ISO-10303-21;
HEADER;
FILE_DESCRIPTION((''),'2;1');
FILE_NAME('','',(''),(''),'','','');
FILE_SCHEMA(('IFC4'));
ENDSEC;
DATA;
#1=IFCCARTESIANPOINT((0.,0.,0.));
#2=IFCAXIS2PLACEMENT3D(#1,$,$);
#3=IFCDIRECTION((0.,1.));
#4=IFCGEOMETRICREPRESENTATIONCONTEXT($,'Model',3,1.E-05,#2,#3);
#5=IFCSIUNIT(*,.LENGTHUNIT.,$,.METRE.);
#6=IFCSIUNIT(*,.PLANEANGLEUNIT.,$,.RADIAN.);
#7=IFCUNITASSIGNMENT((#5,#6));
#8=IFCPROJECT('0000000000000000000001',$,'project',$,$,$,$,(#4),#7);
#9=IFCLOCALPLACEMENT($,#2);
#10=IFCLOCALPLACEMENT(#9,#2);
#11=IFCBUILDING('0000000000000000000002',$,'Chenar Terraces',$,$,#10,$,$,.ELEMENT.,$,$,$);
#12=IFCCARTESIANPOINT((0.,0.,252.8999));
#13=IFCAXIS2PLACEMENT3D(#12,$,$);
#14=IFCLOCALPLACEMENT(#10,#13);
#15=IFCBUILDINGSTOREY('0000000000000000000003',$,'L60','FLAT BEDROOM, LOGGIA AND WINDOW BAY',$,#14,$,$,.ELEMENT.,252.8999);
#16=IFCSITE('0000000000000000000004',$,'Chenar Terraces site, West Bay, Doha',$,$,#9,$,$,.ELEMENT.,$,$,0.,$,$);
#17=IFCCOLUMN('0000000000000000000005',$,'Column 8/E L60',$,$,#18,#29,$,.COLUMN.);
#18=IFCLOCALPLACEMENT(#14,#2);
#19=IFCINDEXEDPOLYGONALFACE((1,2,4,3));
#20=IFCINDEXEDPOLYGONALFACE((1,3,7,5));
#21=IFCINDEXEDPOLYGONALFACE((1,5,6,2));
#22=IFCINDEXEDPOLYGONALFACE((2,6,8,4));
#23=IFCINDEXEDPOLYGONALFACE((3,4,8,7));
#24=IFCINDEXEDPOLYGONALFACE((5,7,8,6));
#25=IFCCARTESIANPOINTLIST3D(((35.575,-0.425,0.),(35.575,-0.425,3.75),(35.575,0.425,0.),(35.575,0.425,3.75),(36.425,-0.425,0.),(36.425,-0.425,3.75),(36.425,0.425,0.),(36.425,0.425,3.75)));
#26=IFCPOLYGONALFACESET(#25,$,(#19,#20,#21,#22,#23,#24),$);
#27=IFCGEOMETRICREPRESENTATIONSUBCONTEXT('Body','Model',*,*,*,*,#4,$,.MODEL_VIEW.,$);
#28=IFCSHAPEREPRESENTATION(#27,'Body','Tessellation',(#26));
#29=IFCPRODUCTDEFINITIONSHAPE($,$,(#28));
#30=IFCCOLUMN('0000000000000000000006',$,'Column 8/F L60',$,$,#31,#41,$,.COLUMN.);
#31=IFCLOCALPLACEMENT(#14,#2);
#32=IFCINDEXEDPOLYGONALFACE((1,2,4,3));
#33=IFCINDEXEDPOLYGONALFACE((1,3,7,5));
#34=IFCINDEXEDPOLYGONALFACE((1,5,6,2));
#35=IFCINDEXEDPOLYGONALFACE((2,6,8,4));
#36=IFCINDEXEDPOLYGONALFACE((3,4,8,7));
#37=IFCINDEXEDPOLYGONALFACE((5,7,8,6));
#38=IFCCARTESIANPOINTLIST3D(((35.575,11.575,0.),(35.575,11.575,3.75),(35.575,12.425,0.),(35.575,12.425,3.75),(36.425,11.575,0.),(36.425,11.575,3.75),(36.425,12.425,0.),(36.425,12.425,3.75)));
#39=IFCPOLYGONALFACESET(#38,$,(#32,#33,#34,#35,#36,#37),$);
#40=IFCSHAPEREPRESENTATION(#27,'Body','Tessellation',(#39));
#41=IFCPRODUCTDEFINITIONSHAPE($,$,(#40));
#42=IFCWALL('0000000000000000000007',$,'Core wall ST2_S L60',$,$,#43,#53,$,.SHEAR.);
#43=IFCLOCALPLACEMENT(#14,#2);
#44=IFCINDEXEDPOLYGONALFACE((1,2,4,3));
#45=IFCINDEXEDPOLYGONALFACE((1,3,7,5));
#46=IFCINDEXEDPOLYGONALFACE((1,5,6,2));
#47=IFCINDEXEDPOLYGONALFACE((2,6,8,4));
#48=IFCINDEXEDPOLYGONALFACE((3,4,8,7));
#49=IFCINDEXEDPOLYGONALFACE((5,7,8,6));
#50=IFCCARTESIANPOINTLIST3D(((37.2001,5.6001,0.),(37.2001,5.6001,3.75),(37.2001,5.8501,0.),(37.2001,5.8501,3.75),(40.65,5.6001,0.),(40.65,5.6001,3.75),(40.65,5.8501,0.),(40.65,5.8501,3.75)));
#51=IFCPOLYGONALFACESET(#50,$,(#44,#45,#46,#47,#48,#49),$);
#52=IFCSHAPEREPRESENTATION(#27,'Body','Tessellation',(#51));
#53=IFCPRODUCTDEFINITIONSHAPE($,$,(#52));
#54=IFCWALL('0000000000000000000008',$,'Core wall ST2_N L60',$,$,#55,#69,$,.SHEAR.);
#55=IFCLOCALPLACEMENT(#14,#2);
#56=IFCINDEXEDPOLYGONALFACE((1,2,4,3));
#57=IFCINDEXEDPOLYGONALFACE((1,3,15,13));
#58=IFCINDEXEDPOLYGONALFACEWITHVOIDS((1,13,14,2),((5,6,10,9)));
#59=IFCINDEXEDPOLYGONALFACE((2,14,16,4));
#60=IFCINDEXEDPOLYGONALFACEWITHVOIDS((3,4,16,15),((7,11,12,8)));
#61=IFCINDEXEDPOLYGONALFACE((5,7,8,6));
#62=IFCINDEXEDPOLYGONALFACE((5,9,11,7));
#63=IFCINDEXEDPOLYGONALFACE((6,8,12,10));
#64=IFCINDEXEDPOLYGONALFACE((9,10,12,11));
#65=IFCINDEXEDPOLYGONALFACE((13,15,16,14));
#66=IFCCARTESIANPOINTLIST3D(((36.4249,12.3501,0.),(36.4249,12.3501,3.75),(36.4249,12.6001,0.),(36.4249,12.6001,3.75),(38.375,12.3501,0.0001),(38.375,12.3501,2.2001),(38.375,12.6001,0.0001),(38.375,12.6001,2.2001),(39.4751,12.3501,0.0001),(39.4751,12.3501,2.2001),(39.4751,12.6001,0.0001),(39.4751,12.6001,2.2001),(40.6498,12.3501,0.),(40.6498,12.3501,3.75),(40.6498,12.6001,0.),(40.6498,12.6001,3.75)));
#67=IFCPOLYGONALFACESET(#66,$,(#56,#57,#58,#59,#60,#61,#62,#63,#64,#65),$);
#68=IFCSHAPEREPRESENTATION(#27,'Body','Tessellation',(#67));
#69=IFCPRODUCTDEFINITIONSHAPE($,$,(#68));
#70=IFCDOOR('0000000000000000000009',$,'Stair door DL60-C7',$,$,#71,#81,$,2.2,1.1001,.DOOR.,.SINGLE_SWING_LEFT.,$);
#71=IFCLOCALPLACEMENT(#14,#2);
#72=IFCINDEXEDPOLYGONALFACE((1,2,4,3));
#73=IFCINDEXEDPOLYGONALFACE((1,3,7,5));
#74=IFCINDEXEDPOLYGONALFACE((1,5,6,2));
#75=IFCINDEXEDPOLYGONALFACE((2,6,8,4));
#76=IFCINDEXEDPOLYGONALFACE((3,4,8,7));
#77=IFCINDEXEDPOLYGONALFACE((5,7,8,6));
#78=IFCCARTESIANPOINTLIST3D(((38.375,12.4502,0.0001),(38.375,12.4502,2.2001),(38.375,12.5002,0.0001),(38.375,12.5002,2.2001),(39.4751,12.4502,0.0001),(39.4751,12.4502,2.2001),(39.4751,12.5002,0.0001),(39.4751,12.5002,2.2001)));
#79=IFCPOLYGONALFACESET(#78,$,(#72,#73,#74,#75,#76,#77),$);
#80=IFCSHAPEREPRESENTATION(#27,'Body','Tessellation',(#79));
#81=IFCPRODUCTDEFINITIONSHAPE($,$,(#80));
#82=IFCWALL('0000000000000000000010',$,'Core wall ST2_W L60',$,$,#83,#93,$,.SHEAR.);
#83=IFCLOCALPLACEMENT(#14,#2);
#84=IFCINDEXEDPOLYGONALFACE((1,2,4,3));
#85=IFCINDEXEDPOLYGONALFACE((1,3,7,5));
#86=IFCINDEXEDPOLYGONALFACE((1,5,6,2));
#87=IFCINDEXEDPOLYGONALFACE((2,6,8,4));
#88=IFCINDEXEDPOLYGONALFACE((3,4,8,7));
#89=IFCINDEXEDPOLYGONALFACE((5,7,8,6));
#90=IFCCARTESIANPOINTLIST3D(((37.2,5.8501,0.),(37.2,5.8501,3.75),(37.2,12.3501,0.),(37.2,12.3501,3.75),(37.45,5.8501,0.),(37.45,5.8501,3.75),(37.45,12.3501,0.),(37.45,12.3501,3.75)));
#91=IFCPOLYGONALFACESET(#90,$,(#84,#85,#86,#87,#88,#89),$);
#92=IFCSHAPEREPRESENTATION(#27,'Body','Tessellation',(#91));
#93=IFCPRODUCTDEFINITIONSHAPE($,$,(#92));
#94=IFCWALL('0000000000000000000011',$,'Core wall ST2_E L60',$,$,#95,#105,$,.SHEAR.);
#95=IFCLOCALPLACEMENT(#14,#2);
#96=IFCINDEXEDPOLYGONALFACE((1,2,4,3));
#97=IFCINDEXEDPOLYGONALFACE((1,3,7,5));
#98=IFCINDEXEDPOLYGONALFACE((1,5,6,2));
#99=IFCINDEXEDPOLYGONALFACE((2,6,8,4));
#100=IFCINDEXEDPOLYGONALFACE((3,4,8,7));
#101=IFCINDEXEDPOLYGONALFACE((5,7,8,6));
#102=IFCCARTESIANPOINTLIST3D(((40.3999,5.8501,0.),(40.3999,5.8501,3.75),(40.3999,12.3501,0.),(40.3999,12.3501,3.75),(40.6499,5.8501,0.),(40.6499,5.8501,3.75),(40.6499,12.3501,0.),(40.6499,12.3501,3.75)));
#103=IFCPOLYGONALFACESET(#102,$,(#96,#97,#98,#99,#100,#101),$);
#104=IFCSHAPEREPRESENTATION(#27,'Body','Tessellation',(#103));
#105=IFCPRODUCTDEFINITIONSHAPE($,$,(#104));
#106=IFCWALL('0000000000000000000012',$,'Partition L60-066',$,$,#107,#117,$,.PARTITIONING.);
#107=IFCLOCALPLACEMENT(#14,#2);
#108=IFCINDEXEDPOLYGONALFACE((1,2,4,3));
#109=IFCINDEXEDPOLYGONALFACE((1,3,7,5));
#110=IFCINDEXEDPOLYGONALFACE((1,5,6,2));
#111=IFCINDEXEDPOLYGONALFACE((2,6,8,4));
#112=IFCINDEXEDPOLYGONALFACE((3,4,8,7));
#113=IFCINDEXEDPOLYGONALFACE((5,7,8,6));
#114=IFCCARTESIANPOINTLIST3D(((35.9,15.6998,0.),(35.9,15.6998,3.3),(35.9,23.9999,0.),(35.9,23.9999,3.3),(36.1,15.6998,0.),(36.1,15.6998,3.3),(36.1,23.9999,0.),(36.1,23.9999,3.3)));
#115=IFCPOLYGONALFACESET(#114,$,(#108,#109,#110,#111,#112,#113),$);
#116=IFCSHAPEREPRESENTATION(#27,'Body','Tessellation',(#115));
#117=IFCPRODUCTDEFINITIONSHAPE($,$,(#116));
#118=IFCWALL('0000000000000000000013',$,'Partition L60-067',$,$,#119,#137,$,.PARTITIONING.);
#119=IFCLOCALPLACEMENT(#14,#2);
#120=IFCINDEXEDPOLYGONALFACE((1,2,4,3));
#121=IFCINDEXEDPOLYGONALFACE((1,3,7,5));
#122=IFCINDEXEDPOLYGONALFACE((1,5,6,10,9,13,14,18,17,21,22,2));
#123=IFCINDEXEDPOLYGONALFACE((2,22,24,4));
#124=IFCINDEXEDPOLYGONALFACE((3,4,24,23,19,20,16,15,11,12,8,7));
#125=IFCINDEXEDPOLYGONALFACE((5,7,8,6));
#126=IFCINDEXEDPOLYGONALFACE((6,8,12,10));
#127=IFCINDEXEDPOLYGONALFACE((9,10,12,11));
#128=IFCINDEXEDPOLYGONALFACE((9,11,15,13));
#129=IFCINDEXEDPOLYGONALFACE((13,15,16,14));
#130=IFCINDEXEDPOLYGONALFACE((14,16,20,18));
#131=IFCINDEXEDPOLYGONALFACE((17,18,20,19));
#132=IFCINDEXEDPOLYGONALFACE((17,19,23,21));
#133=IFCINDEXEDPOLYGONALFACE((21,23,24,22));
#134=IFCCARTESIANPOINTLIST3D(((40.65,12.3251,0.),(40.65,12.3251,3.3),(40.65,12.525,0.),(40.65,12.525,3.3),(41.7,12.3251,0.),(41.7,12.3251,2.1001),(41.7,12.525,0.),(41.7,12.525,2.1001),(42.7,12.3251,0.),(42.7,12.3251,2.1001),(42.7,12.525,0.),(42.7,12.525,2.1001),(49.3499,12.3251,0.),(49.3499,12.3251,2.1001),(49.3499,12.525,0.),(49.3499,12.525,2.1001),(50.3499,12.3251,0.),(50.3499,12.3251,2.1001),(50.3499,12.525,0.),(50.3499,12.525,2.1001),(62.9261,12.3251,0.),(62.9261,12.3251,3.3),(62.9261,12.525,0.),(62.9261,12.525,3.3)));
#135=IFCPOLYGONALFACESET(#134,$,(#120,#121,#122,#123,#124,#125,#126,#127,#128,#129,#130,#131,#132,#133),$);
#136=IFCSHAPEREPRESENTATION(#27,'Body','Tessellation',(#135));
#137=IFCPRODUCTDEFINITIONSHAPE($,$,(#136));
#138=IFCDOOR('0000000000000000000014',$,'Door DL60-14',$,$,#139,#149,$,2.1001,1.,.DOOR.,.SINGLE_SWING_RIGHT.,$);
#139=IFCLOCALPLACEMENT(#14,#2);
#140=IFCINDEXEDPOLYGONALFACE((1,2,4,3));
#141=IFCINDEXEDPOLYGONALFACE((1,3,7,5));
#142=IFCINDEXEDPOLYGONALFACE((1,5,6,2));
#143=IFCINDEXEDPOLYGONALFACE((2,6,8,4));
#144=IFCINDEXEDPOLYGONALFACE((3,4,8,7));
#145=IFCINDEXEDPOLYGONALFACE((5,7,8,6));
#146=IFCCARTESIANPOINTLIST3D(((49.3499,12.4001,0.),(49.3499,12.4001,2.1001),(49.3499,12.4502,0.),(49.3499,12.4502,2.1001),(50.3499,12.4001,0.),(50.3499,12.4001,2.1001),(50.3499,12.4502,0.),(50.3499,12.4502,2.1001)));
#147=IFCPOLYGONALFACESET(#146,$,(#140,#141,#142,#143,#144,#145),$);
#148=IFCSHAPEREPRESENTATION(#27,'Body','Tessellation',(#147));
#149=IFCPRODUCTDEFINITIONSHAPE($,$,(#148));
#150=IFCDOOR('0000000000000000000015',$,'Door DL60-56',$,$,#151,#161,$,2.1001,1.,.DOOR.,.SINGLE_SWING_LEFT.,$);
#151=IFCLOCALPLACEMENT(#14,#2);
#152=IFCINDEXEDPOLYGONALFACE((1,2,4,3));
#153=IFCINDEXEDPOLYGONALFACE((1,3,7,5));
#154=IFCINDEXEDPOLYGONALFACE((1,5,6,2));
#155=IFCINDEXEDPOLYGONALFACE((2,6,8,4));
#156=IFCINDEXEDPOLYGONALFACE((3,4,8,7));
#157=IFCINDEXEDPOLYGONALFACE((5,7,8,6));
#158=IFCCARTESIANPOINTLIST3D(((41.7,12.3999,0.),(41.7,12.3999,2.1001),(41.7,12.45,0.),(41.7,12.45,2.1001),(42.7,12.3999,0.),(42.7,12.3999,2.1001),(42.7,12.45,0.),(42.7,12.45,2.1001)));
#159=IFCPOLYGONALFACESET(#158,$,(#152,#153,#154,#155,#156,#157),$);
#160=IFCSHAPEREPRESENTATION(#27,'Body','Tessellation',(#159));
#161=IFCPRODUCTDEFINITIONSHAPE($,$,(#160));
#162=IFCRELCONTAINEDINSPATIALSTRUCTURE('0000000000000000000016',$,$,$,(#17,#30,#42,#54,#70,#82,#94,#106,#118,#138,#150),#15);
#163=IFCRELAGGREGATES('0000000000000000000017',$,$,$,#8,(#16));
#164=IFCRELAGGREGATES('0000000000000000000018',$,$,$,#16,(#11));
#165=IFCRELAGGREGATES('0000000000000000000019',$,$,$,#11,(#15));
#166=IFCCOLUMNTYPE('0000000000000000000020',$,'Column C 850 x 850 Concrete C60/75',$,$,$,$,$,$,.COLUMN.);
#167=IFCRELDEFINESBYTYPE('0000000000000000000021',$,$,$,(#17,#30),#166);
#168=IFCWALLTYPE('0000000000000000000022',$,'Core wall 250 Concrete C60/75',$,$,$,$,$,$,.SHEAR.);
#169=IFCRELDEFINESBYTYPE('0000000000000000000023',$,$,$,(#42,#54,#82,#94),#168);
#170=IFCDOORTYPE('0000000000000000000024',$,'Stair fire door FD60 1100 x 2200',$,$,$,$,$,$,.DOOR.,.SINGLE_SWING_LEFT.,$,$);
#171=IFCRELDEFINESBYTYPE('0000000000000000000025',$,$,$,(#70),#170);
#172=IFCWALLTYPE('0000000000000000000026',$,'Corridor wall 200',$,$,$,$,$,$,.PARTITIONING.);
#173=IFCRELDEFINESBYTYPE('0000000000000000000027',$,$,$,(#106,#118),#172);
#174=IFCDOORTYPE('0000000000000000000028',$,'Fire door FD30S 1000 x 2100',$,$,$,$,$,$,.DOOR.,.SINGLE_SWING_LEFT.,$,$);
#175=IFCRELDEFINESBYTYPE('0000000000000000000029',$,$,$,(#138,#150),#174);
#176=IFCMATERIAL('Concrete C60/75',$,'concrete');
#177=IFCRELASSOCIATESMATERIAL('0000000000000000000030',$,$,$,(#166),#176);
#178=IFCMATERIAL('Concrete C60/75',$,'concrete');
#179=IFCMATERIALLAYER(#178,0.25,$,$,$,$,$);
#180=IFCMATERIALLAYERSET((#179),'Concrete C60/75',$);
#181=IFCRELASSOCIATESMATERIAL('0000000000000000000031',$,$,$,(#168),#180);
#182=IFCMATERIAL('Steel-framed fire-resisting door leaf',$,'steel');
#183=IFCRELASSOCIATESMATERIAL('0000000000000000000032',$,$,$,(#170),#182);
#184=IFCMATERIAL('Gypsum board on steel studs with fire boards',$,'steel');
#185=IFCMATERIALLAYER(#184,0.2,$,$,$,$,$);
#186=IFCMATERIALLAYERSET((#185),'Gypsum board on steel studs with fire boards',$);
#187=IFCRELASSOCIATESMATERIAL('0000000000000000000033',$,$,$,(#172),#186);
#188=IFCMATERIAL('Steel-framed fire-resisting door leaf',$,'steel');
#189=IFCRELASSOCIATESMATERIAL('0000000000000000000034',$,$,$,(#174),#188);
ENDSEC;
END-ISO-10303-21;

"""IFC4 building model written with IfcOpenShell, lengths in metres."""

from ifc_helpers import new_model, si_unit, direction, frame, frame_2d, origin, origin_2d, place, context, subcontext, project, spatial, rectangle, extrude, material, layer, layer_set, material_profile, profile_set, type_object, element, fill, save


model = new_model("IFC4")

# Units and contexts
model_context = context("Model", 3, precision=1e-05, world=origin(), true_north=direction((0.0, 1.0)))
body_context = subcontext(model_context, "Body", "Model", "MODEL_VIEW")
ifc_project = project(units=[si_unit("LENGTHUNIT", "METRE"), si_unit("PLANEANGLEUNIT", "RADIAN")], contexts=[model_context])

# Site, building, storey
site_placement = place(None, origin())
site = spatial("IfcSite", under=ifc_project, at=site_placement, Name="Chenar Terraces site, West Bay, Doha", CompositionType="ELEMENT", RefElevation=0.0)
building_placement = place(site_placement, origin())
building = spatial("IfcBuilding", under=site, at=building_placement, Name="Chenar Terraces", CompositionType="ELEMENT")
storey_placement = place(building_placement, frame((0.0, 0.0, 252.8999)))
storey = spatial("IfcBuildingStorey", under=building, at=storey_placement, Name="L60", Description="FLAT BEDROOM, LOGGIA AND WINDOW BAY", CompositionType="ELEMENT", Elevation=252.8999)

# Columns
ifc_material_1 = material(Name="Concrete C60/75", Category="concrete")
ifc_material_profile = material_profile(ifc_material_1, rectangle(XDim=0.8501, YDim=0.8501, at=origin_2d()), Name="C 850 x 850")
ifc_profile_set = profile_set([ifc_material_profile], Name="Concrete C60/75")
column_type = type_object("IfcColumnType", Name="Column C 850 x 850 Concrete C60/75", PredefinedType="COLUMN", material=ifc_profile_set)
for number, where, z_axis, x_axis, name in (
    (1, (36.0, 0.0, 0.0), (0.0, 0.0, 1.0), (1.0, 0.0, 0.0), "Column 8/E L60"),
    (2, (36.0, 12.0, 0.0), (0.0, 0.0, 1.0), (1.0, 0.0, 0.0), "Column 8/F L60"),
):
    element("IfcColumn", number, at=place(storey_placement, frame(where, z_axis=z_axis, x_axis=x_axis)), inside=storey, type_object=column_type, Name=name, PredefinedType="COLUMN", context=body_context, shape_type="SweptSolid", body=[
        extrude(rectangle(XDim=0.8501, YDim=0.8501, at=origin_2d()), origin(), (0.0, 0.0, 1.0), 3.75),
    ])

# Wall
ifc_material_2 = material(Name="Concrete C60/75", Category="concrete")
ifc_layer_1 = layer(ifc_material_2, 0.25)
ifc_layer_set_1 = layer_set([ifc_layer_1], Name="Concrete C60/75")
wall_type_1 = type_object("IfcWallType", Name="Core wall 250 Concrete C60/75", PredefinedType="SHEAR", material=ifc_layer_set_1)
wall_1_placement = place(storey_placement, frame((37.2, 5.7251, 0.0), z_axis=(0.0, 0.0, 1.0), x_axis=(1.0, 0.0, 0.0)))
element("IfcWall", 3, at=wall_1_placement, inside=storey, type_object=wall_type_1, Name="Core wall ST2_S L60", PredefinedType="SHEAR", context=body_context, shape_type="SweptSolid", body=[
    extrude(rectangle(XDim=3.45, YDim=0.25, at=frame_2d((1.7251, 0.0))), origin(), (0.0, 0.0, 1.0), 3.75),
])

# Wall, opening, door
wall_2_placement = place(storey_placement, frame((36.425, 12.4751, 0.0), z_axis=(0.0, 0.0, 1.0), x_axis=(1.0, 0.0, 0.0)))
wall_2 = element("IfcWall", 4, at=wall_2_placement, inside=storey, type_object=wall_type_1, Name="Core wall ST2_N L60", PredefinedType="SHEAR", context=body_context, shape_type="SweptSolid", body=[
    extrude(rectangle(XDim=4.2249, YDim=0.25, at=frame_2d((2.1123, 0.0))), origin(), (0.0, 0.0, 1.0), 3.75),
])
opening_1_placement = place(wall_2_placement, frame((1.95, 0.0, 0.0)))
opening_1 = element("IfcOpeningElement", 5, at=opening_1_placement, cuts=wall_2, PredefinedType="OPENING", context=body_context, shape_type="SweptSolid", body=[
    extrude(rectangle(XDim=1.1001, YDim=2.2, at=frame_2d((0.55, 1.1001))), frame((0.0, 0.135, 0.0), z_axis=(0.0, -1.0, 0.0), x_axis=(1.0, 0.0, 0.0)), (0.0, 0.0, 1.0), 0.27),
])
ifc_material_3 = material(Name="Steel-framed fire-resisting door leaf", Category="steel")
door_type_1 = type_object("IfcDoorType", Name="Stair fire door FD60 1100 x 2200", OperationType="SINGLE_SWING_LEFT", PredefinedType="DOOR", material=ifc_material_3)
door_1_placement = place(opening_1_placement, frame((1.1001, 0.0, 0.0), z_axis=(0.0, 0.0, 1.0), x_axis=(-1.0, 0.0, 0.0)))
door_1 = element("IfcDoor", 6, at=door_1_placement, inside=storey, type_object=door_type_1, Name="Stair door DL60-C7", OperationType="SINGLE_SWING_LEFT", OverallHeight=2.2, OverallWidth=1.1001, PredefinedType="DOOR", context=body_context, shape_type="SweptSolid", body=[
    extrude(rectangle(XDim=1.1001, YDim=2.2, at=frame_2d((0.55, 1.1001))), frame((0.0, 0.0249, 0.0), z_axis=(0.0, -1.0, 0.0), x_axis=(1.0, 0.0, 0.0)), (0.0, 0.0, 1.0), 0.05),
])
fill(opening_1, door_1)

# Walls
for number, where, z_axis, x_axis, name in (
    (7, (37.325, 5.8501, 0.0), (0.0, 0.0, 1.0), (0.0, 1.0, 0.0), "Core wall ST2_W L60"),
    (8, (40.5249, 5.8501, 0.0), (0.0, 0.0, 1.0), (0.0, 1.0, 0.0), "Core wall ST2_E L60"),
):
    element("IfcWall", number, at=place(storey_placement, frame(where, z_axis=z_axis, x_axis=x_axis)), inside=storey, type_object=wall_type_1, Name=name, PredefinedType="SHEAR", context=body_context, shape_type="SweptSolid", body=[
        extrude(rectangle(XDim=6.5, YDim=0.25, at=frame_2d((3.25, 0.0))), origin(), (0.0, 0.0, 1.0), 3.75),
    ])
ifc_material_4 = material(Name="Gypsum board on steel studs with fire boards", Category="steel")
ifc_layer_2 = layer(ifc_material_4, 0.2)
ifc_layer_set_2 = layer_set([ifc_layer_2], Name="Gypsum board on steel studs with fire boards")
wall_type_2 = type_object("IfcWallType", Name="Corridor wall 200", PredefinedType="PARTITIONING", material=ifc_layer_set_2)
wall_3_placement = place(storey_placement, frame((36.0, 15.7, 0.0), z_axis=(0.0, 0.0, 1.0), x_axis=(0.0, 1.0, 0.0)))
element("IfcWall", 9, at=wall_3_placement, inside=storey, type_object=wall_type_2, Name="Partition L60-066", PredefinedType="PARTITIONING", context=body_context, shape_type="SweptSolid", body=[
    extrude(rectangle(XDim=8.3, YDim=0.2, at=frame_2d((4.1499, 0.0))), origin(), (0.0, 0.0, 1.0), 3.3),
])

# Wall, openings, doors
wall_4_placement = place(storey_placement, frame((40.6499, 12.425, 0.0), z_axis=(0.0, 0.0, 1.0), x_axis=(1.0, 0.0, 0.0)))
wall_4 = element("IfcWall", 10, at=wall_4_placement, inside=storey, type_object=wall_type_2, Name="Partition L60-067", PredefinedType="PARTITIONING", context=body_context, shape_type="SweptSolid", body=[
    extrude(rectangle(XDim=22.2761, YDim=0.2, at=frame_2d((11.1382, 0.0))), origin(), (0.0, 0.0, 1.0), 3.3),
])
opening_2_placement = place(wall_4_placement, frame((8.7, 0.0, 0.0)))
opening_2 = element("IfcOpeningElement", 11, at=opening_2_placement, cuts=wall_4, PredefinedType="OPENING", context=body_context, shape_type="SweptSolid", body=[
    extrude(rectangle(XDim=1.0, YDim=2.1001, at=frame_2d((0.5, 1.05))), frame((0.0, 0.1099, 0.0), z_axis=(0.0, -1.0, 0.0), x_axis=(1.0, 0.0, 0.0)), (0.0, 0.0, 1.0), 0.22),
])
opening_3_placement = place(wall_4_placement, frame((1.05, 0.0, 0.0)))
opening_3 = element("IfcOpeningElement", 12, at=opening_3_placement, cuts=wall_4, PredefinedType="OPENING", context=body_context, shape_type="SweptSolid", body=[
    extrude(rectangle(XDim=1.0, YDim=2.1001, at=frame_2d((0.5, 1.05))), frame((0.0, 0.1099, 0.0), z_axis=(0.0, -1.0, 0.0), x_axis=(1.0, 0.0, 0.0)), (0.0, 0.0, 1.0), 0.22),
])
ifc_material_5 = material(Name="Steel-framed fire-resisting door leaf", Category="steel")
door_type_2 = type_object("IfcDoorType", Name="Fire door FD30S 1000 x 2100", OperationType="SINGLE_SWING_LEFT", PredefinedType="DOOR", material=ifc_material_5)
door_2_placement = place(opening_2_placement, frame((1.0, 0.0, 0.0), z_axis=(0.0, 0.0, 1.0), x_axis=(-1.0, 0.0, 0.0)))
door_2 = element("IfcDoor", 13, at=door_2_placement, inside=storey, type_object=door_type_2, Name="Door DL60-14", OperationType="SINGLE_SWING_RIGHT", OverallHeight=2.1001, OverallWidth=1.0, PredefinedType="DOOR", context=body_context, shape_type="SweptSolid", body=[
    extrude(rectangle(XDim=1.0, YDim=2.1001, at=frame_2d((0.5, 1.05))), frame((0.0, 0.0249, 0.0), z_axis=(0.0, -1.0, 0.0), x_axis=(1.0, 0.0, 0.0)), (0.0, 0.0, 1.0), 0.05),
])
fill(opening_2, door_2)
door_3_placement = place(opening_3_placement, origin())
door_3 = element("IfcDoor", 14, at=door_3_placement, inside=storey, type_object=door_type_2, Name="Door DL60-56", OperationType="SINGLE_SWING_LEFT", OverallHeight=2.1001, OverallWidth=1.0, PredefinedType="DOOR", context=body_context, shape_type="SweptSolid", body=[
    extrude(rectangle(XDim=1.0, YDim=2.1001, at=frame_2d((0.5, 1.05))), frame((0.0, 0.0249, 0.0), z_axis=(0.0, -1.0, 0.0), x_axis=(1.0, 0.0, 0.0)), (0.0, 0.0, 1.0), 0.05),
])
fill(opening_3, door_3)

save(model, "model.ifc")
